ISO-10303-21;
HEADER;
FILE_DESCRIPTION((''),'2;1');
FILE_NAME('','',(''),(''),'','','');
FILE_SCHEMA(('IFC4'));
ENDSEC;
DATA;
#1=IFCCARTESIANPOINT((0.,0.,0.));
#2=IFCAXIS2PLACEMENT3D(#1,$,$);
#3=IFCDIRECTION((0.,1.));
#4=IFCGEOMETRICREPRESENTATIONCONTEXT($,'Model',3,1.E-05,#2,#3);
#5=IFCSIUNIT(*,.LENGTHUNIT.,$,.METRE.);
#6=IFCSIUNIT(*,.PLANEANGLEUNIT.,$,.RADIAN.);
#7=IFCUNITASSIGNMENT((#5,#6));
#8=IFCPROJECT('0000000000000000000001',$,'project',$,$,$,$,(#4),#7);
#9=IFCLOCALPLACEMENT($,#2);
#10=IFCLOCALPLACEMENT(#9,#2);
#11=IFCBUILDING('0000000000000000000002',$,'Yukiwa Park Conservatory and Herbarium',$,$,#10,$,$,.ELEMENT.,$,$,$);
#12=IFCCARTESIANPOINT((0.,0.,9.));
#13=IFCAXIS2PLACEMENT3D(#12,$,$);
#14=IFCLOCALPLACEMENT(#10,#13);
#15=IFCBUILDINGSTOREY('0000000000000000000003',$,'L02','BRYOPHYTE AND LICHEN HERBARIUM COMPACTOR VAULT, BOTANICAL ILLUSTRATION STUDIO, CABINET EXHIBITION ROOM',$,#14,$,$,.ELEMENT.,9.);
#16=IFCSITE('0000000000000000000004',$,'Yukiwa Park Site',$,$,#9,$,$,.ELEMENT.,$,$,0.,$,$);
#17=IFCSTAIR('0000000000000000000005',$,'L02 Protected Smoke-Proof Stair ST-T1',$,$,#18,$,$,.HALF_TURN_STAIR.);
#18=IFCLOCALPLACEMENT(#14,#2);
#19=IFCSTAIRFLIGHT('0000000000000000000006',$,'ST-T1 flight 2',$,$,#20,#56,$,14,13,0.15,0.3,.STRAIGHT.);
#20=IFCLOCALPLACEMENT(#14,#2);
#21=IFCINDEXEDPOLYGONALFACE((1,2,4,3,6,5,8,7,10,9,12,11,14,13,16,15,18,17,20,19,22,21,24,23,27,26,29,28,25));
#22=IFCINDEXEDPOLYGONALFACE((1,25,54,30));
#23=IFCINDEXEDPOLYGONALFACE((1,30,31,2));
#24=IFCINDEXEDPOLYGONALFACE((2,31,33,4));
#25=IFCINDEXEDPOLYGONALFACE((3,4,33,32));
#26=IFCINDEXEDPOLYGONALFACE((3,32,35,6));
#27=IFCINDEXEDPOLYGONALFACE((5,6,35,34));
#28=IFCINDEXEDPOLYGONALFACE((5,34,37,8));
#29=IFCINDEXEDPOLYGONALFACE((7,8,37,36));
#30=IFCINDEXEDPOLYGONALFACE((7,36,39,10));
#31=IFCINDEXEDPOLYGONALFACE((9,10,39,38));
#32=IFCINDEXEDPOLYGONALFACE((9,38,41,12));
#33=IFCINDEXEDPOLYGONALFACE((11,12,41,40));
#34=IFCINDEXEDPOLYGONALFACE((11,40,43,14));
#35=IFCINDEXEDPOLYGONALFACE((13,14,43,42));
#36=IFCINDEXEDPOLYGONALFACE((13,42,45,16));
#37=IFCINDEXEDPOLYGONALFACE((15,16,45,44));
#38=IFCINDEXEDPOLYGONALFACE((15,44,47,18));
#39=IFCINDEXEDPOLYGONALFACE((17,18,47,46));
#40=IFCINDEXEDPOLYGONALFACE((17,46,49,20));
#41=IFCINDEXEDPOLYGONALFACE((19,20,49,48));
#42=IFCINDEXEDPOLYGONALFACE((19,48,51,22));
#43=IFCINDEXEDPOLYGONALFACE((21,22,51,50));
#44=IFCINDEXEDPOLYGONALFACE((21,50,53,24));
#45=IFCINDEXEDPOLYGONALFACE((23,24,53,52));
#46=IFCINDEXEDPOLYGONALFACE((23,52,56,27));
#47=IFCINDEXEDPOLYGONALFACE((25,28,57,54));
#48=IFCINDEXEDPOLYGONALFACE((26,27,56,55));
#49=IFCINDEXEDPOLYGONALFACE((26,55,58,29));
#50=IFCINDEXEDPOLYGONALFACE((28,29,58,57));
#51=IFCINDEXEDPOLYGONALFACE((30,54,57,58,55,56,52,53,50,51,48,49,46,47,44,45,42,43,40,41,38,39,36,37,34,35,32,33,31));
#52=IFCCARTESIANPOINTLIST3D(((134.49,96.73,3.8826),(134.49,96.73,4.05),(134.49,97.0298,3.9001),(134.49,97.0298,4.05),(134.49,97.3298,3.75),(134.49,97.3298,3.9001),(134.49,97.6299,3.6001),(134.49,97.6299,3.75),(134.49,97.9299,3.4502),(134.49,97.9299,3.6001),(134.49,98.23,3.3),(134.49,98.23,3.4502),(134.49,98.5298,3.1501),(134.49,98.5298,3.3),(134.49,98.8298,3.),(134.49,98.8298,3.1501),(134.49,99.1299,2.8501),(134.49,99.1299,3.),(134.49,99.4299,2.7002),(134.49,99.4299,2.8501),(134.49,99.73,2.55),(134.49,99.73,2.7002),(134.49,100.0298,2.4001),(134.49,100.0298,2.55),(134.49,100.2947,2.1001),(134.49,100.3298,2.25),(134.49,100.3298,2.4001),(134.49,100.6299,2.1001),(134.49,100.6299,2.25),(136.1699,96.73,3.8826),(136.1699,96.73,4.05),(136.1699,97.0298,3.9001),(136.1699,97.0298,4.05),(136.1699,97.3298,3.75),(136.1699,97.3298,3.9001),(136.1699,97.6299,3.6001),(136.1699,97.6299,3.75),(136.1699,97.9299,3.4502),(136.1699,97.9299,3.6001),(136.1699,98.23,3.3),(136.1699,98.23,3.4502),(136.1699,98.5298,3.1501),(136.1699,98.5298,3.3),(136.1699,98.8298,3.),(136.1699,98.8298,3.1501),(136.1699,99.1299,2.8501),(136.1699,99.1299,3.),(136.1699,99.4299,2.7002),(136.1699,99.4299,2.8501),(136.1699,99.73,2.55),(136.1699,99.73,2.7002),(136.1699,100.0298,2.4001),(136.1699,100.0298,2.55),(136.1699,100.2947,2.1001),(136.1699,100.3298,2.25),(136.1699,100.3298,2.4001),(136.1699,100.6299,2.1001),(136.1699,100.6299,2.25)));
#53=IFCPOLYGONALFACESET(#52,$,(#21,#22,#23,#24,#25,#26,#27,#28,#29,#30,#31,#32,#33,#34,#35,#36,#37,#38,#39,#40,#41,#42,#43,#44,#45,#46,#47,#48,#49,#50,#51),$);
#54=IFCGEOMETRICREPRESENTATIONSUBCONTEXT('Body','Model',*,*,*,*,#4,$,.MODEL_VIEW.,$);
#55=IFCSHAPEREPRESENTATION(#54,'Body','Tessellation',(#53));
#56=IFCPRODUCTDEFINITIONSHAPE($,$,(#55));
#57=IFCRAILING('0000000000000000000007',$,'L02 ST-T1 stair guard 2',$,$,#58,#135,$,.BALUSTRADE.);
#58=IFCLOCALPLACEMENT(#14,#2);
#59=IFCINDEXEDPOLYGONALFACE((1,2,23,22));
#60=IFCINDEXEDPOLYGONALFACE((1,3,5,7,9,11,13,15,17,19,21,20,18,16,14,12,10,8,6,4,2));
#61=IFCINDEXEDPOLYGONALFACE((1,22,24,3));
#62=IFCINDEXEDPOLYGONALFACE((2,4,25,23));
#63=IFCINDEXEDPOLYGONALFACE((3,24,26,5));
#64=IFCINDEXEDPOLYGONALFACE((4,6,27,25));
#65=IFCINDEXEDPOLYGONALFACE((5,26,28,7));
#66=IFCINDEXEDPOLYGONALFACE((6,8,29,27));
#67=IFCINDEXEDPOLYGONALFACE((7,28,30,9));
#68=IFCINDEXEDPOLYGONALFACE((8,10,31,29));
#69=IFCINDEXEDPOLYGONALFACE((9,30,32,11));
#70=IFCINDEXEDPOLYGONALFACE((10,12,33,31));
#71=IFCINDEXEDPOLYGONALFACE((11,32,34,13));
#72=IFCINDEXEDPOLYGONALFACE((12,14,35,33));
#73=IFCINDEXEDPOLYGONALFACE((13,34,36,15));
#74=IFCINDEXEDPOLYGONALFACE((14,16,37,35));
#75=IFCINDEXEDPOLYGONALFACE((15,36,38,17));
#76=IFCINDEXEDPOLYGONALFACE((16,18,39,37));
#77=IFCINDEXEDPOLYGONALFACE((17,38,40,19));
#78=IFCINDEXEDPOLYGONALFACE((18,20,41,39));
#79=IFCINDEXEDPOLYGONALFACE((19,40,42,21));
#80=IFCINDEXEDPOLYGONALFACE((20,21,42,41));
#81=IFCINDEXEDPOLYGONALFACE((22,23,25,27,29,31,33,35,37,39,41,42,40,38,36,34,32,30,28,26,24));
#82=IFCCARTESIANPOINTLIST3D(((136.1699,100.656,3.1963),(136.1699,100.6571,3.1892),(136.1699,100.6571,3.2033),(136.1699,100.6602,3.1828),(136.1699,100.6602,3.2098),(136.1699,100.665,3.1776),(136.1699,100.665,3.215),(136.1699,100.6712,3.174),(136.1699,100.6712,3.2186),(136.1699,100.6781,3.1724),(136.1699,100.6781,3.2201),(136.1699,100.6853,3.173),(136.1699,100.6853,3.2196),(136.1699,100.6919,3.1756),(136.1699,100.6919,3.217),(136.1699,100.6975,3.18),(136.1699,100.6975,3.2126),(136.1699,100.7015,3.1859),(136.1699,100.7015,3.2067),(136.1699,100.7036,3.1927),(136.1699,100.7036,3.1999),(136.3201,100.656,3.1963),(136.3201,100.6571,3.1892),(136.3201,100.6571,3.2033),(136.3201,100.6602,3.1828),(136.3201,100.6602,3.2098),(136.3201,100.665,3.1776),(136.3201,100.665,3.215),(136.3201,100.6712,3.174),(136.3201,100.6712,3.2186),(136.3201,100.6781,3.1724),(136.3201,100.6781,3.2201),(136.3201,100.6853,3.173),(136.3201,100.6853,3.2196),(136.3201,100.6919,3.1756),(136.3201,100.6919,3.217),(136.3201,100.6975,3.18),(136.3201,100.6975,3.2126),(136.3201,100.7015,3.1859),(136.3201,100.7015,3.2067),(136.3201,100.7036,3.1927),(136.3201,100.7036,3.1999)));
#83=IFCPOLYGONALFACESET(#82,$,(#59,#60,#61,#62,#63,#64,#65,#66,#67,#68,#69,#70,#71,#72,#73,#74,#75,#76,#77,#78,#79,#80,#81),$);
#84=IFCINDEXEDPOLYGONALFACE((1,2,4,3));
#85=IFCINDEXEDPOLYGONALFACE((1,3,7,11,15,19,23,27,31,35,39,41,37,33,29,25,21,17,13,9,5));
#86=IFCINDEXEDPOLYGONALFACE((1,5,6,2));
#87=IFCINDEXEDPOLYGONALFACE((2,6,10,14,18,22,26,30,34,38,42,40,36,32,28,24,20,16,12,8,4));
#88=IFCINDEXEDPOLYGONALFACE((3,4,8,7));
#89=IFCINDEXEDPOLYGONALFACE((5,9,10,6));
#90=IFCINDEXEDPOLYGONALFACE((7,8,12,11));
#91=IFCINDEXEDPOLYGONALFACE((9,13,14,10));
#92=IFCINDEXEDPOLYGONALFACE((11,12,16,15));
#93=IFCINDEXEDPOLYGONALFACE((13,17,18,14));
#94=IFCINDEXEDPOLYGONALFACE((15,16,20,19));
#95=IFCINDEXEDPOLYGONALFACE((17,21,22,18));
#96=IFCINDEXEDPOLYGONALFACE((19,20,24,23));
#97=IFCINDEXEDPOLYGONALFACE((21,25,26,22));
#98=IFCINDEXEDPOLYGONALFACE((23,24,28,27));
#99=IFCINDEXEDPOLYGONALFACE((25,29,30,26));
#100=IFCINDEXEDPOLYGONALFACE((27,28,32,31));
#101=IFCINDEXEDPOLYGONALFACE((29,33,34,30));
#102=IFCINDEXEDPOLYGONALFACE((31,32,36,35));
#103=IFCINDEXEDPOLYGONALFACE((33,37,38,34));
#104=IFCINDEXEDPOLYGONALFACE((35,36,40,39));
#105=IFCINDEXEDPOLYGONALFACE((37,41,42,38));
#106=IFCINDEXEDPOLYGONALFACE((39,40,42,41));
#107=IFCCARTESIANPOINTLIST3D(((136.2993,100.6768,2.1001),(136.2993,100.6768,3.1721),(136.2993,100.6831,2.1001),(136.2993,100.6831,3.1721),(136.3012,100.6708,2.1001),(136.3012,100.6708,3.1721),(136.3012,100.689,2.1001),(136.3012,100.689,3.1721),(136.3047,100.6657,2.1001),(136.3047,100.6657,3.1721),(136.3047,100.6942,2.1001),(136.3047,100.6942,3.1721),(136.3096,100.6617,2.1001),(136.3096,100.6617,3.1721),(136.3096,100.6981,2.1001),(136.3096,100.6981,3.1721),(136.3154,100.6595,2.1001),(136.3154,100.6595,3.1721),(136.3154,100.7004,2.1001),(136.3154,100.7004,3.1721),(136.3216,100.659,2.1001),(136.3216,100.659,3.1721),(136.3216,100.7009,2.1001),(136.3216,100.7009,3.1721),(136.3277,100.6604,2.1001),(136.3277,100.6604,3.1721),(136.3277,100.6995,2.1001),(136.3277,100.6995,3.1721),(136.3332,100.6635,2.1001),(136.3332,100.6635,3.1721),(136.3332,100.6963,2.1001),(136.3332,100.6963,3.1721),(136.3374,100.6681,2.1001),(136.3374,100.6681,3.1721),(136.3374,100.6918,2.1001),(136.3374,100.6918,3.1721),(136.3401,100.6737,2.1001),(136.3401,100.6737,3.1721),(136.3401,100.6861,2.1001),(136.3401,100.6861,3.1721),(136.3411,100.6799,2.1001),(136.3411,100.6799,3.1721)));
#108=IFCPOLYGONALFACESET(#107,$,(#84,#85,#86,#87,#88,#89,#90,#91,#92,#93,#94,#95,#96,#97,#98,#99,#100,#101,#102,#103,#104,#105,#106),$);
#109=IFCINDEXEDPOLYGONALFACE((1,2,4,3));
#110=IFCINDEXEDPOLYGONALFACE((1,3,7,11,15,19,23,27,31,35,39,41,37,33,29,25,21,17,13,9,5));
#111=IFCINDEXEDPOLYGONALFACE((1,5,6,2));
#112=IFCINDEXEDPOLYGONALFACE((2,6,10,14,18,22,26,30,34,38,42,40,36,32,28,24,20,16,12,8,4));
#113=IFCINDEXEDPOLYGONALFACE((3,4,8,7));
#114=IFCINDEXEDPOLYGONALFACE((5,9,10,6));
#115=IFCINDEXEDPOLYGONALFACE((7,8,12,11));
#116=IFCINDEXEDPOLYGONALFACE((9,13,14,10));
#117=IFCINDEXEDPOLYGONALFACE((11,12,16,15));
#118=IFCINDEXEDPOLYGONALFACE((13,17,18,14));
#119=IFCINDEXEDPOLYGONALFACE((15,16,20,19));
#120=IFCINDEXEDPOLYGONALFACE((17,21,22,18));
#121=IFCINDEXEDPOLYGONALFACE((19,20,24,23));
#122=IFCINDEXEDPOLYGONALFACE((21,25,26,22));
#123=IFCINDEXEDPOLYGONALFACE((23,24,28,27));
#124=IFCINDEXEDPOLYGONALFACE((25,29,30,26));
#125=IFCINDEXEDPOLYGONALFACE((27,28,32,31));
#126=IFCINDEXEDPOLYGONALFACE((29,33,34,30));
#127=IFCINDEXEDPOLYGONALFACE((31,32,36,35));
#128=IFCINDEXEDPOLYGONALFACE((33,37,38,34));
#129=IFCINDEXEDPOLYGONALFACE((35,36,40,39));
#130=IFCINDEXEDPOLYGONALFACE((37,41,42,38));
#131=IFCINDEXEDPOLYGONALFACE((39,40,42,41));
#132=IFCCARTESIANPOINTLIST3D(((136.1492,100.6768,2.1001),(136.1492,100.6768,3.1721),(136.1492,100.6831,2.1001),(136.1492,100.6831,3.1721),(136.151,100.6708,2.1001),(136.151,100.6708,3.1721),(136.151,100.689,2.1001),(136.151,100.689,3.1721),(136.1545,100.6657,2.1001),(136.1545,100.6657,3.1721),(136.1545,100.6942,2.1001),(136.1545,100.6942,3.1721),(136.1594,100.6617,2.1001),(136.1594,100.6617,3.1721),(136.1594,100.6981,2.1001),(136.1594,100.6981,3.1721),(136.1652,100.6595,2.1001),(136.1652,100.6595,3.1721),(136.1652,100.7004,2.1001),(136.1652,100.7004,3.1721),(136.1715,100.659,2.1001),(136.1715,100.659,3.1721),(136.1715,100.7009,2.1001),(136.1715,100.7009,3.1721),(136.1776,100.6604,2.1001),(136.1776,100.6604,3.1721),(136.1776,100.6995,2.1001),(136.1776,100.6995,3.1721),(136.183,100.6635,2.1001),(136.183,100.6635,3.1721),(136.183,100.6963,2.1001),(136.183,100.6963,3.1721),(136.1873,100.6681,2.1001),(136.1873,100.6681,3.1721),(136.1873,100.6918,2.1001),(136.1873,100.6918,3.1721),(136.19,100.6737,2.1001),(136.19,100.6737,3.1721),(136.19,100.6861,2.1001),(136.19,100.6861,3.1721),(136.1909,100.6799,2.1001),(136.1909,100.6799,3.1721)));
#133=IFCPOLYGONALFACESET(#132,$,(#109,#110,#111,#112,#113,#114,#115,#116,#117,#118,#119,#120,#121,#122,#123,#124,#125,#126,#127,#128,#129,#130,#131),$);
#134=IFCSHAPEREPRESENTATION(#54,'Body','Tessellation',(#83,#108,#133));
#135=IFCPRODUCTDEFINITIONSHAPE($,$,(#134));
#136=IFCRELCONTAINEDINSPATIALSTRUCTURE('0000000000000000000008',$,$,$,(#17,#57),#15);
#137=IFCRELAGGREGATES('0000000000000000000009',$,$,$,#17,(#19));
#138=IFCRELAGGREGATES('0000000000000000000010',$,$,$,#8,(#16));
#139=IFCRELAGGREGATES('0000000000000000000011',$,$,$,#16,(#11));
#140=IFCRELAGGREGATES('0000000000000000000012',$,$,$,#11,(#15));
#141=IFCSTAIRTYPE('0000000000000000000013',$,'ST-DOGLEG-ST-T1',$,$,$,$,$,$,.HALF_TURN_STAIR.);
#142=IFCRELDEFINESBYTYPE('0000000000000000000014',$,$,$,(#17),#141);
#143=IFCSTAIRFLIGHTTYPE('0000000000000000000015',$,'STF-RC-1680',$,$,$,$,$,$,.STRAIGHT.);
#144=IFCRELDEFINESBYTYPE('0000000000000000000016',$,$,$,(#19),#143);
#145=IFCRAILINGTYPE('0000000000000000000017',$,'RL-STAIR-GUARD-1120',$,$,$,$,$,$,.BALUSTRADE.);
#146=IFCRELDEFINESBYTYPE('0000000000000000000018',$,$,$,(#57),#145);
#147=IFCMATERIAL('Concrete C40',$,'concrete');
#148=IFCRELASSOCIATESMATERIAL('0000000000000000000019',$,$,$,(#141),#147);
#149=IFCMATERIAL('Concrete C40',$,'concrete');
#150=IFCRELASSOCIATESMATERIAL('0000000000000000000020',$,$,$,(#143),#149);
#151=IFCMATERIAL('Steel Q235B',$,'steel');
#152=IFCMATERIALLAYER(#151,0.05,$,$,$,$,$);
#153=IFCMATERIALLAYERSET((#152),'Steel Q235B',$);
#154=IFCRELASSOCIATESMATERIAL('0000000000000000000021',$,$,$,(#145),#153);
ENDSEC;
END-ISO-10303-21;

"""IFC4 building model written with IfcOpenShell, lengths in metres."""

from ifc_helpers import new_model, si_unit, direction, frame, origin, origin_2d, place, context, subcontext, project, spatial, polyline, circle, outline, extrude, material, layer, layer_set, type_object, element, aggregate, save


model = new_model("IFC4")

# Units and contexts
model_context = context("Model", 3, precision=1e-05, world=origin(), true_north=direction((0.0, 1.0)))
body_context = subcontext(model_context, "Body", "Model", "MODEL_VIEW")
ifc_project = project(units=[si_unit("LENGTHUNIT", "METRE"), si_unit("PLANEANGLEUNIT", "RADIAN")], contexts=[model_context])

# Site, building, storey
site_placement = place(None, origin())
site = spatial("IfcSite", under=ifc_project, at=site_placement, Name="Yukiwa Park Site", CompositionType="ELEMENT", RefElevation=0.0)
building_placement = place(site_placement, origin())
building = spatial("IfcBuilding", under=site, at=building_placement, Name="Yukiwa Park Conservatory and Herbarium", CompositionType="ELEMENT")
storey_placement = place(building_placement, frame((0.0, 0.0, 9.0)))
storey = spatial("IfcBuildingStorey", under=building, at=storey_placement, Name="L02", Description="BRYOPHYTE AND LICHEN HERBARIUM COMPACTOR VAULT, BOTANICAL ILLUSTRATION STUDIO, CABINET EXHIBITION ROOM", CompositionType="ELEMENT", Elevation=9.0)

# Stair, stair flight
ifc_material_1 = material(Name="Concrete C40", Category="concrete")
stair_type = type_object("IfcStairType", Name="ST-DOGLEG-ST-T1", PredefinedType="HALF_TURN_STAIR", material=ifc_material_1)
stair_placement = place(storey_placement, origin())
stair = element("IfcStair", 1, at=stair_placement, inside=storey, type_object=stair_type, Name="L02 Protected Smoke-Proof Stair ST-T1", PredefinedType="HALF_TURN_STAIR")
ifc_material_2 = material(Name="Concrete C40", Category="concrete")
stair_flight_type = type_object("IfcStairFlightType", Name="STF-RC-1680", PredefinedType="STRAIGHT", material=ifc_material_2)
stair_flight_placement = place(storey_placement, frame((135.3301, 100.6299, 2.1001), z_axis=(0.0, 0.0, 1.0), x_axis=(0.0, -1.0, 0.0)))
stair_flight = element("IfcStairFlight", 2, at=stair_flight_placement, type_object=stair_flight_type, Name="ST-T1 flight 2", NumberOfRisers=14, NumberOfTreads=13, PredefinedType="STRAIGHT", RiserHeight=0.15, TreadLength=0.3, context=body_context, shape_type="SweptSolid", body=[
    extrude(outline(polyline([(0.0, 0.0), (0.0, 0.1499), (0.3, 0.1499), (0.3, 0.3), (0.6001, 0.3), (0.6001, 0.45), (0.8999, 0.45), (0.8999, 0.6001), (1.2, 0.6001), (1.2, 0.75), (1.5, 0.75), (1.5, 0.8999), (1.8, 0.8999), (1.8, 1.05), (2.1001, 1.05), (2.1001, 1.2), (2.3999, 1.2), (2.3999, 1.3501), (2.7, 1.3501), (2.7, 1.5), (3.0, 1.5), (3.0, 1.6499), (3.3, 1.6499), (3.3, 1.8), (3.6001, 1.8), (3.6001, 1.95), (3.8999, 1.95), (3.8999, 2.1001), (3.8999, 1.7825), (0.3352, 0.0), (0.0, 0.0)])), frame((0.0, 0.8398, 0.0), z_axis=(0.0, -1.0, 0.0), x_axis=(1.0, 0.0, 0.0)), (0.0, 0.0, 1.0), 1.6799),
])
aggregate(stair, [stair_flight])

# Railing
ifc_material_3 = material(Name="Steel Q235B", Category="steel")
ifc_layer_1 = layer(ifc_material_3, 0.05)
ifc_layer_set_1 = layer_set([ifc_layer_1], Name="Steel Q235B")
railing_type_1 = type_object("IfcRailingType", Name="RL-STAIR-GUARD-1120", PredefinedType="BALUSTRADE", material=ifc_layer_set_1)
railing_1_placement = place(storey_placement, frame((136.3201, 100.6799, 2.1001)))
element("IfcRailing", 3, at=railing_1_placement, inside=storey, type_object=railing_type_1, Name="L02 ST-T1 stair guard 2", PredefinedType="BALUSTRADE", context=body_context, shape_type="SweptSolid", body=[
    extrude(circle(Radius=0.0239, at=origin_2d()), frame((0.0, 0.0, 1.0962), z_axis=(-1.0, 0.0, 0.0), x_axis=(0.0, -1.0, 0.0)), (0.0, 0.0, 1.0), 0.1501),
    extrude(circle(Radius=0.021, at=origin_2d()), origin(), (0.0, 0.0, 1.0), 1.072),
    extrude(circle(Radius=0.021, at=origin_2d()), frame((-0.1501, 0.0, 0.0)), (0.0, 0.0, 1.0), 1.072),
])

save(model, "model.ifc")
